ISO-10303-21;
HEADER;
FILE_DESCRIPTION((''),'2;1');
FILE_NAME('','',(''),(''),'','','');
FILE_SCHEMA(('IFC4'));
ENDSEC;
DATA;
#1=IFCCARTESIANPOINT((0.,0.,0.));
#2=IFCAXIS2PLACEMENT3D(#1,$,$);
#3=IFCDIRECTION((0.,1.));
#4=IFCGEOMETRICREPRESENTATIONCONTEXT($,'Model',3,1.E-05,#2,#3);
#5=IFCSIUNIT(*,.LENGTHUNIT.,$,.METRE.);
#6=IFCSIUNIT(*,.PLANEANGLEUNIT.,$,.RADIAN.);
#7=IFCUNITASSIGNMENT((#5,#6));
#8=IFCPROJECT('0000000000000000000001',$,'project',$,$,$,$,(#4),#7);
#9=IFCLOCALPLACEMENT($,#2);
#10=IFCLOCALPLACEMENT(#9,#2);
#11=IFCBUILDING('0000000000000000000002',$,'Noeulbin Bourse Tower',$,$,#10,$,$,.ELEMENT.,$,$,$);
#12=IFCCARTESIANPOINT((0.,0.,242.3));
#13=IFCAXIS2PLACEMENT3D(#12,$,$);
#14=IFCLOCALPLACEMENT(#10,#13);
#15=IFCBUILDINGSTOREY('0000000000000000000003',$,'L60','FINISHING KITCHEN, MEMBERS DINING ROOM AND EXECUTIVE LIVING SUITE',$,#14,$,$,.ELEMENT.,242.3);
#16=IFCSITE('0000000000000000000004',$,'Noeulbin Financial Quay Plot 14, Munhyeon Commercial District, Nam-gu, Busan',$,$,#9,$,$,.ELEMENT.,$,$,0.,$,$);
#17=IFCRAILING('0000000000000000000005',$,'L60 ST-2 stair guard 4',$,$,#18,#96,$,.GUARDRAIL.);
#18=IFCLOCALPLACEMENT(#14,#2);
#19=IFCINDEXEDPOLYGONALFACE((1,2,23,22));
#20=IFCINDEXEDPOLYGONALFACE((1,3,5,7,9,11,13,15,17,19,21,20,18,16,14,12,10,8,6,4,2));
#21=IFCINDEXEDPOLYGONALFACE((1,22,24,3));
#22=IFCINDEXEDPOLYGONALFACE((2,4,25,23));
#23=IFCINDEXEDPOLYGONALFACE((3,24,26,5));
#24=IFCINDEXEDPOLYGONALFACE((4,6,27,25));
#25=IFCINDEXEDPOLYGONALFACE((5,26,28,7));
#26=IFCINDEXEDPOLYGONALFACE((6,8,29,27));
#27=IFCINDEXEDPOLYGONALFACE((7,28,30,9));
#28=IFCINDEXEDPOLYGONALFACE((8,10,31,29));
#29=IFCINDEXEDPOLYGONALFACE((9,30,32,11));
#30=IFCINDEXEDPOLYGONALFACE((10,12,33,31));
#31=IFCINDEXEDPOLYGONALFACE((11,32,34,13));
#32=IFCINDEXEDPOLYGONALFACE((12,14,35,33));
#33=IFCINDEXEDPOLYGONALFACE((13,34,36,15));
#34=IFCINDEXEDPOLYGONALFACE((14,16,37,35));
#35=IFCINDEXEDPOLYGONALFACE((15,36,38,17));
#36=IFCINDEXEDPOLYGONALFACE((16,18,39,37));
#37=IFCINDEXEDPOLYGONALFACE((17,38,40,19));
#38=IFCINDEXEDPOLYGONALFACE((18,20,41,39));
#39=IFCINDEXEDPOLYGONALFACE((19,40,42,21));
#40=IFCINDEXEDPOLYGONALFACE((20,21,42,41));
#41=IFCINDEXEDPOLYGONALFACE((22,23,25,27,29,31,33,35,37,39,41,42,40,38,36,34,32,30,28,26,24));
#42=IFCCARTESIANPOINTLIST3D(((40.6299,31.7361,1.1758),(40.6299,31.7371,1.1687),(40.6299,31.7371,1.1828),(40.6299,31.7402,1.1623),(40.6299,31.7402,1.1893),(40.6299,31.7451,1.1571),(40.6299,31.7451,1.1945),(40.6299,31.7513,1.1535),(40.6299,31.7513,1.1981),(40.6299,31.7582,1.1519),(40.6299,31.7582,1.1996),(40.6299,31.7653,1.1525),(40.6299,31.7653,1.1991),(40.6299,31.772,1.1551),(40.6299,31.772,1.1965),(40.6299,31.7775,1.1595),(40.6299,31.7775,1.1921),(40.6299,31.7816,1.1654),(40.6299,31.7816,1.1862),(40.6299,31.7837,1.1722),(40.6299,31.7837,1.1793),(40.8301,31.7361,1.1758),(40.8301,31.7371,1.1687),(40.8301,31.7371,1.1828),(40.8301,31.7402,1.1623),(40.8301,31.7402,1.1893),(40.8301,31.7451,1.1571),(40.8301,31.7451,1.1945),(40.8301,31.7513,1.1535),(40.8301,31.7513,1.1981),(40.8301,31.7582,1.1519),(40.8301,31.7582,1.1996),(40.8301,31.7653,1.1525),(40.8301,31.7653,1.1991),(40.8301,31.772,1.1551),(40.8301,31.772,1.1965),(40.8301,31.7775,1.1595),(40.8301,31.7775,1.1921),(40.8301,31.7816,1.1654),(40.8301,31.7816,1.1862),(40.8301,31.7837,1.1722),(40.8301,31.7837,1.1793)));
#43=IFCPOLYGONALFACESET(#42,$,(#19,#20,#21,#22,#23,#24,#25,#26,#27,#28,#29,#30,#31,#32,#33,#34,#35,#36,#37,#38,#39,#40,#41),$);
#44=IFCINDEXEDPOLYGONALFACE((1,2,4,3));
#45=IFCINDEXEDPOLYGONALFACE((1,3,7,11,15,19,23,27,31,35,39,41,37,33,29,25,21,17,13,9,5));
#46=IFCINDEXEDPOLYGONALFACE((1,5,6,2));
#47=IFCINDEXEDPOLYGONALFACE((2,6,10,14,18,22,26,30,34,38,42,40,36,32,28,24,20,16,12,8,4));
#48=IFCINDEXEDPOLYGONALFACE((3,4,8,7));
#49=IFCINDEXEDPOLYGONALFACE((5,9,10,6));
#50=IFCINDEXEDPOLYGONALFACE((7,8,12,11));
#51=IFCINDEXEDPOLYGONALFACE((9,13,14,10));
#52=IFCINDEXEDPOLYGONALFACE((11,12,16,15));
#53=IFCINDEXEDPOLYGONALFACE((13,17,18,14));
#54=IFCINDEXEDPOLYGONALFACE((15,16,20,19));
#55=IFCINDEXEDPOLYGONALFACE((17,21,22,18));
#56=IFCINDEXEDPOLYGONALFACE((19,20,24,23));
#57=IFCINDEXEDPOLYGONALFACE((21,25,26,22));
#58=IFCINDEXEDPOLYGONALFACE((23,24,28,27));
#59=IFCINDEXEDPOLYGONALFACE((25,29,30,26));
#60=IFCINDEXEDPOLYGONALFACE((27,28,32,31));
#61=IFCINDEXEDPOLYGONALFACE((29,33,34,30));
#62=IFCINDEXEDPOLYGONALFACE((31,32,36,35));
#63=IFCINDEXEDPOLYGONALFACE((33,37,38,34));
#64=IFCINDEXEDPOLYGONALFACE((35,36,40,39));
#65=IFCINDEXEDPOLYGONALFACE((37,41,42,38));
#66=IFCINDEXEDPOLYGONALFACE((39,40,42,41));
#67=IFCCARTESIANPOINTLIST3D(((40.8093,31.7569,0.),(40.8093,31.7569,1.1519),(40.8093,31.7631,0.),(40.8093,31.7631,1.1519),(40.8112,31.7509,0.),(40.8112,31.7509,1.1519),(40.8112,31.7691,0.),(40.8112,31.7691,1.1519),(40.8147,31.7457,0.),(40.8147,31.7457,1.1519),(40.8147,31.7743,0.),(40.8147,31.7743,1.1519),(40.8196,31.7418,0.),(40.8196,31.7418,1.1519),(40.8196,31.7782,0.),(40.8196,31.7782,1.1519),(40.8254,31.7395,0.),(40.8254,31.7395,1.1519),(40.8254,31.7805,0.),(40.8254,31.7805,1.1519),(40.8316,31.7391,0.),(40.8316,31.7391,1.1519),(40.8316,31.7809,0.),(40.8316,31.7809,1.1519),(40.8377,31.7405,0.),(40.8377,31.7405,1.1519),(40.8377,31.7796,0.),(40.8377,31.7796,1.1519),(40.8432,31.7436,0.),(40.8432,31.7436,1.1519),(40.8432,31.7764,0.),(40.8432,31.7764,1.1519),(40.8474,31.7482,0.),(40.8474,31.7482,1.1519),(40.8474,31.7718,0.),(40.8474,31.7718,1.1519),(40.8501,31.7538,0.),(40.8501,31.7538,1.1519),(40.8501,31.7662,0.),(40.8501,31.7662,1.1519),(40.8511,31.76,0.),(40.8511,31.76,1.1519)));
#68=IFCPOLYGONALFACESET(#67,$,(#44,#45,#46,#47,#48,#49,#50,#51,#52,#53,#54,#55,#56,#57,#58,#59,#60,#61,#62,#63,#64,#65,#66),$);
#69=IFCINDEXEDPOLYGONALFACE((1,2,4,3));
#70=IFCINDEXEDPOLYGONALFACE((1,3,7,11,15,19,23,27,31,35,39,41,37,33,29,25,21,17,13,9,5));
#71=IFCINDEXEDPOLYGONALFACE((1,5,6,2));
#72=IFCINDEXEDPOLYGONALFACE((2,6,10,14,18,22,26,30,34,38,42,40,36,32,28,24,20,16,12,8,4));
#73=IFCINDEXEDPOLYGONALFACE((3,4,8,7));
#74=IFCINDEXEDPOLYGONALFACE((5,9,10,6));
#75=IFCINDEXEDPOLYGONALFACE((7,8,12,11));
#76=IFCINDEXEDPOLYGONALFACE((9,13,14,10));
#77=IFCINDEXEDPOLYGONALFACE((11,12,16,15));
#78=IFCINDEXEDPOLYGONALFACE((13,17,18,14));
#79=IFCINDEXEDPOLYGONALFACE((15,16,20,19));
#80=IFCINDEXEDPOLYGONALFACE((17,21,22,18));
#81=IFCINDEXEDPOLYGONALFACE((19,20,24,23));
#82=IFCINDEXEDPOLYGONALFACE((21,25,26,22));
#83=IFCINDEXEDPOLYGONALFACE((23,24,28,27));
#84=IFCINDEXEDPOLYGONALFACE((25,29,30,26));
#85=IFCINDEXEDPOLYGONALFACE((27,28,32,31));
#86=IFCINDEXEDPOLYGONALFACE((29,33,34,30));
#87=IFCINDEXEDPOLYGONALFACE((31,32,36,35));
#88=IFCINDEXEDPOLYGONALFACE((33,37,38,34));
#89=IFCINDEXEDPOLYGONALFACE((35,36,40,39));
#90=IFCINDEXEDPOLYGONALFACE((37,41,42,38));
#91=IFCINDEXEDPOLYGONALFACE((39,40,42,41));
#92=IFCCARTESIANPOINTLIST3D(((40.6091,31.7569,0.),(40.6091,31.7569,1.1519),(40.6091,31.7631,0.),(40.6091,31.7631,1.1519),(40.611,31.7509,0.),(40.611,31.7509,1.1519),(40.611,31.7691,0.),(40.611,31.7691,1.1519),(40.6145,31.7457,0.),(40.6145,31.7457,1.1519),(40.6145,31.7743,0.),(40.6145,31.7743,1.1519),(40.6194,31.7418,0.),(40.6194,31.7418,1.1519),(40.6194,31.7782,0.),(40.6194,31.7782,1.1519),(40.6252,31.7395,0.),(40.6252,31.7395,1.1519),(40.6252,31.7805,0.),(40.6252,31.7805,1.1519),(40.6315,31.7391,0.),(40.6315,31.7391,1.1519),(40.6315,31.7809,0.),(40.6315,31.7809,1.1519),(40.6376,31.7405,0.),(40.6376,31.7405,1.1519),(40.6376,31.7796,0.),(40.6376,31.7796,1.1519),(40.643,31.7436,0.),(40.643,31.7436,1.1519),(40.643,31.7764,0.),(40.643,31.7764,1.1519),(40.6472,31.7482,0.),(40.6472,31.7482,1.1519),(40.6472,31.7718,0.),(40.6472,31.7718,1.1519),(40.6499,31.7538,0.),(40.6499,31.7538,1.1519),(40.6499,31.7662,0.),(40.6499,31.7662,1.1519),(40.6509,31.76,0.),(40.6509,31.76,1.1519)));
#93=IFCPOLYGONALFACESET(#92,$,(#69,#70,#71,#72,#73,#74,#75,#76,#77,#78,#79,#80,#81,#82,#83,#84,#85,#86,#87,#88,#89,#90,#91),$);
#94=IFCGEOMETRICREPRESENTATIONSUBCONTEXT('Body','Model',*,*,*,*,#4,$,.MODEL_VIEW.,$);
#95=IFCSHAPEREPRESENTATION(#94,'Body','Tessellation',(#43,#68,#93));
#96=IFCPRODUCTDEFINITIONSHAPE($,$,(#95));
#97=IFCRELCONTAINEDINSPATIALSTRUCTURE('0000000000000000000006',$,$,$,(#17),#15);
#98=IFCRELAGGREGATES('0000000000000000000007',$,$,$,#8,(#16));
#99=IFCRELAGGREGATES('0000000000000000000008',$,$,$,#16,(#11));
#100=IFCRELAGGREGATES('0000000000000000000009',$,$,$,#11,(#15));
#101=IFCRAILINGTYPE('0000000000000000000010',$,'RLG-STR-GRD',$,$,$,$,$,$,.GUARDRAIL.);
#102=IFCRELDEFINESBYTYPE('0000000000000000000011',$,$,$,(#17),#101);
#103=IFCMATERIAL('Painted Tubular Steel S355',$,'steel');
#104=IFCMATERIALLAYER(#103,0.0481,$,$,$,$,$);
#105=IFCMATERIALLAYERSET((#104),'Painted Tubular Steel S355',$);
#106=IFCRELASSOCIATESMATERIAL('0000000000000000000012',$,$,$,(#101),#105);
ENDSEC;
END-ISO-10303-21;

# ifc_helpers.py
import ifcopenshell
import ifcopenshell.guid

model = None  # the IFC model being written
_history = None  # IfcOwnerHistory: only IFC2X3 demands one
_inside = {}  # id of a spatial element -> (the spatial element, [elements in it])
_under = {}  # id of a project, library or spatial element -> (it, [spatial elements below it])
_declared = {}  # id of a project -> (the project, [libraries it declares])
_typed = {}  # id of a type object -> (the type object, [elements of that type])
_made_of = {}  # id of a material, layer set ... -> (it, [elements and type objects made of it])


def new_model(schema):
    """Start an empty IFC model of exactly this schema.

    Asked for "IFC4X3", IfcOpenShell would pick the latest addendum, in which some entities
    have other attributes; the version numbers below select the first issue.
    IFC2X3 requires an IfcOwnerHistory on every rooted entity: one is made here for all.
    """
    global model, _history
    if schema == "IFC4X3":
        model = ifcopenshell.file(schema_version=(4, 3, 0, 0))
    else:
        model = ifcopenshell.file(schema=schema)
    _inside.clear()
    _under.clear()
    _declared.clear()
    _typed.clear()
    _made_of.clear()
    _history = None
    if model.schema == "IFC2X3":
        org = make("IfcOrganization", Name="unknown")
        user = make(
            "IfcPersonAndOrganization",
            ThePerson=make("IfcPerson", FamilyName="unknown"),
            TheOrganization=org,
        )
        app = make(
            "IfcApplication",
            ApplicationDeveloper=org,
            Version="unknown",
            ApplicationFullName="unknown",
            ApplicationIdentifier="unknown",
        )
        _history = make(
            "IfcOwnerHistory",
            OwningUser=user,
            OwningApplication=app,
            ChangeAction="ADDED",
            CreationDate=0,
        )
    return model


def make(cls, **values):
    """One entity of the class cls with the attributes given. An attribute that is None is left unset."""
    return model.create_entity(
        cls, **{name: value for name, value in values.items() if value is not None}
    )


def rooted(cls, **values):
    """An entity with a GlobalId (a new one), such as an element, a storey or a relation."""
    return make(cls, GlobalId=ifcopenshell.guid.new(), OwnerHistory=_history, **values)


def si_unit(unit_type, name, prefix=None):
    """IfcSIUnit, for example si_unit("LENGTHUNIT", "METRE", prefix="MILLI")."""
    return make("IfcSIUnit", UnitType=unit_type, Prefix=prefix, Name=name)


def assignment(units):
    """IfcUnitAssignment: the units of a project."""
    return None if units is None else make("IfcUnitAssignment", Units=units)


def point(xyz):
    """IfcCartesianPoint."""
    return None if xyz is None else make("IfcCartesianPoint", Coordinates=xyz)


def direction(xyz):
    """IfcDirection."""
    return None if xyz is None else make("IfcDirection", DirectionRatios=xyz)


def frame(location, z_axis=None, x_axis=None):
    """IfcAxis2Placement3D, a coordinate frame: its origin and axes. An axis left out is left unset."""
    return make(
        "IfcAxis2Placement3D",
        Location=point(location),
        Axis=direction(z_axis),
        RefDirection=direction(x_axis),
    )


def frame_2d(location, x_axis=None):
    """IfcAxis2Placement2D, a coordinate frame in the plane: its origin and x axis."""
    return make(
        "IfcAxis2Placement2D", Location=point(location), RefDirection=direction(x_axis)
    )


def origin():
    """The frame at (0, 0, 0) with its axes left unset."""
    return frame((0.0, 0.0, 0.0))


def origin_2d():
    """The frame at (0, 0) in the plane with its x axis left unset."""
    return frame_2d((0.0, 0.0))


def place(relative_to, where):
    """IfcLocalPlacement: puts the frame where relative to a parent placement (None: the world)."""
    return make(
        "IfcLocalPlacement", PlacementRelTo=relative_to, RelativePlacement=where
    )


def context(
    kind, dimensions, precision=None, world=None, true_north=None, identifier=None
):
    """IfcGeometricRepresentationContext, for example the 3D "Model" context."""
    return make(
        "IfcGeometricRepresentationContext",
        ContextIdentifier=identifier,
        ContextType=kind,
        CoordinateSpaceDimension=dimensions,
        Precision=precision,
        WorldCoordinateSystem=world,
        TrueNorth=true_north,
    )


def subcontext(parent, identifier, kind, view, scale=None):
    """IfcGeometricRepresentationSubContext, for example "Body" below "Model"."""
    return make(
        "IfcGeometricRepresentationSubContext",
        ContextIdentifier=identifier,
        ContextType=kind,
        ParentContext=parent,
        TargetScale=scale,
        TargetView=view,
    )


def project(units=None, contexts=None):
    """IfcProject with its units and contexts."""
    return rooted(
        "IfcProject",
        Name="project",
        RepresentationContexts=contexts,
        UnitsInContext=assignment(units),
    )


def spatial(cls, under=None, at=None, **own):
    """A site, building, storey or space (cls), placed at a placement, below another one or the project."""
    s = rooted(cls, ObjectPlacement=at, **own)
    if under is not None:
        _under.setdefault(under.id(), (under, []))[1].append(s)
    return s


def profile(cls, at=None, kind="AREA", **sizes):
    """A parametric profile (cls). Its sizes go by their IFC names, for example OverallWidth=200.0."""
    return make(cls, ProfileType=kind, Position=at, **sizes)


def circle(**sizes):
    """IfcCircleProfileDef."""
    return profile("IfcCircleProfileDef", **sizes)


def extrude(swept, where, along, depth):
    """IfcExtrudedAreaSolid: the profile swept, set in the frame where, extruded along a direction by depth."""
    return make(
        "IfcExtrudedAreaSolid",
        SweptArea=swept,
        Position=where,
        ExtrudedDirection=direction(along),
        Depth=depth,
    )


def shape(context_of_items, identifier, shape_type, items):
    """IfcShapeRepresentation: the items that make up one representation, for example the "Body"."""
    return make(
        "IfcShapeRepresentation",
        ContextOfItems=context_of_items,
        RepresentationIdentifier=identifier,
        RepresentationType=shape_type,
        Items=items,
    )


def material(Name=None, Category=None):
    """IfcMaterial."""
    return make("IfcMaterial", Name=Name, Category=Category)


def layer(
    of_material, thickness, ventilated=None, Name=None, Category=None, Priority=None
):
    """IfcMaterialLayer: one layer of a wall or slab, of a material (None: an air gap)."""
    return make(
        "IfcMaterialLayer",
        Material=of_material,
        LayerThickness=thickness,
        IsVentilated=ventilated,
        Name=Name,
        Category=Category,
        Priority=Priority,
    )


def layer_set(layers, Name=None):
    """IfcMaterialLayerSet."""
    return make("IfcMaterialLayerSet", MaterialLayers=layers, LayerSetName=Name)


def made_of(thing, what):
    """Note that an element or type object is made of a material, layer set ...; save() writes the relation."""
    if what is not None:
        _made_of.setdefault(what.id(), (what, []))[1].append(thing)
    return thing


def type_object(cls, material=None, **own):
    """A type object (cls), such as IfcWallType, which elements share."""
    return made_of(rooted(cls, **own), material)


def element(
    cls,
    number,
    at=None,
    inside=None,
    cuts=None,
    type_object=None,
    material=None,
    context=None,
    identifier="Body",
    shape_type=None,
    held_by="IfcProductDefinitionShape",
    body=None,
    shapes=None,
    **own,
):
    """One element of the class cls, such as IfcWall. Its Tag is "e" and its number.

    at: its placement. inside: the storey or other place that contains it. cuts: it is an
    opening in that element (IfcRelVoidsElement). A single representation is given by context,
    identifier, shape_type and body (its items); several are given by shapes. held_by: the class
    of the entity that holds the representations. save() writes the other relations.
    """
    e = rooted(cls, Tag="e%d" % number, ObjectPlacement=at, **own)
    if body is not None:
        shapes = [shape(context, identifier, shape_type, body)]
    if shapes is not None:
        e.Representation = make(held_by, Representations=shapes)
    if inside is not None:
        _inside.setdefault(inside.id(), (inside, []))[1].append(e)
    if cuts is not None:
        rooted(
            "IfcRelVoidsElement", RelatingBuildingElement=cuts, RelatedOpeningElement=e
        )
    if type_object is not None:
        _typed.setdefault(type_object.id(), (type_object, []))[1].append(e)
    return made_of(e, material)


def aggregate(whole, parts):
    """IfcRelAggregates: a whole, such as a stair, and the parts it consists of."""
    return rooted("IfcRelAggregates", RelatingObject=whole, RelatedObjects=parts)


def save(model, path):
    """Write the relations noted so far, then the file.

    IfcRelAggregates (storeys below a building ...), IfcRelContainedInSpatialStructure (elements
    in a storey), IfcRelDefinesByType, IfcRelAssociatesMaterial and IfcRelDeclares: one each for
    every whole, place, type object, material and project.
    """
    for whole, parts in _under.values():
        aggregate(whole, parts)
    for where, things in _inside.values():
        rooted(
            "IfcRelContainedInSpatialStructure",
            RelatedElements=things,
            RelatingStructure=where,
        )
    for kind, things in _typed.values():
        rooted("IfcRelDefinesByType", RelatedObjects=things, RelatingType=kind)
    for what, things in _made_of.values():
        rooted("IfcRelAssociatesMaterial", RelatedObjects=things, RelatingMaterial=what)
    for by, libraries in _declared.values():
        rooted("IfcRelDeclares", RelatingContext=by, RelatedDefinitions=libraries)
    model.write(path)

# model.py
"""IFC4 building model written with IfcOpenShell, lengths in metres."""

from ifc_helpers import new_model, si_unit, direction, frame, origin, origin_2d, place, context, subcontext, project, spatial, circle, extrude, material, layer, layer_set, type_object, element, save


model = new_model("IFC4")

# Units and contexts
model_context = context("Model", 3, precision=1e-05, world=origin(), true_north=direction((0.0, 1.0)))
body_context = subcontext(model_context, "Body", "Model", "MODEL_VIEW")
ifc_project = project(units=[si_unit("LENGTHUNIT", "METRE"), si_unit("PLANEANGLEUNIT", "RADIAN")], contexts=[model_context])

# Site, building, storey
site_placement = place(None, origin())
site = spatial("IfcSite", under=ifc_project, at=site_placement, Name="Noeulbin Financial Quay Plot 14, Munhyeon Commercial District, Nam-gu, Busan", CompositionType="ELEMENT", RefElevation=0.0)
building_placement = place(site_placement, origin())
building = spatial("IfcBuilding", under=site, at=building_placement, Name="Noeulbin Bourse Tower", CompositionType="ELEMENT")
storey_placement = place(building_placement, frame((0.0, 0.0, 242.3)))
storey = spatial("IfcBuildingStorey", under=building, at=storey_placement, Name="L60", Description="FINISHING KITCHEN, MEMBERS DINING ROOM AND EXECUTIVE LIVING SUITE", CompositionType="ELEMENT", Elevation=242.3)

# Railing
ifc_material_1 = material(Name="Painted Tubular Steel S355", Category="steel")
ifc_layer_1 = layer(ifc_material_1, 0.0481)
ifc_layer_set_1 = layer_set([ifc_layer_1], Name="Painted Tubular Steel S355")
railing_type_1 = type_object("IfcRailingType", Name="RLG-STR-GRD", PredefinedType="GUARDRAIL", material=ifc_layer_set_1)
railing_1_placement = place(storey_placement, frame((40.8301, 31.76, 0.0)))
element("IfcRailing", 1, at=railing_1_placement, inside=storey, type_object=railing_type_1, Name="L60 ST-2 stair guard 4", PredefinedType="GUARDRAIL", context=body_context, shape_type="SweptSolid", body=[
    extrude(circle(Radius=0.0239, at=origin_2d()), frame((0.0, 0.0, 1.1758), z_axis=(-1.0, 0.0, 0.0), x_axis=(0.0, -1.0, 0.0)), (0.0, 0.0, 1.0), 0.2002),
    extrude(circle(Radius=0.021, at=origin_2d()), origin(), (0.0, 0.0, 1.0), 1.1519),
    extrude(circle(Radius=0.021, at=origin_2d()), frame((-0.2002, 0.0, 0.0)), (0.0, 0.0, 1.0), 1.1519),
])

save(model, "model.ifc")
